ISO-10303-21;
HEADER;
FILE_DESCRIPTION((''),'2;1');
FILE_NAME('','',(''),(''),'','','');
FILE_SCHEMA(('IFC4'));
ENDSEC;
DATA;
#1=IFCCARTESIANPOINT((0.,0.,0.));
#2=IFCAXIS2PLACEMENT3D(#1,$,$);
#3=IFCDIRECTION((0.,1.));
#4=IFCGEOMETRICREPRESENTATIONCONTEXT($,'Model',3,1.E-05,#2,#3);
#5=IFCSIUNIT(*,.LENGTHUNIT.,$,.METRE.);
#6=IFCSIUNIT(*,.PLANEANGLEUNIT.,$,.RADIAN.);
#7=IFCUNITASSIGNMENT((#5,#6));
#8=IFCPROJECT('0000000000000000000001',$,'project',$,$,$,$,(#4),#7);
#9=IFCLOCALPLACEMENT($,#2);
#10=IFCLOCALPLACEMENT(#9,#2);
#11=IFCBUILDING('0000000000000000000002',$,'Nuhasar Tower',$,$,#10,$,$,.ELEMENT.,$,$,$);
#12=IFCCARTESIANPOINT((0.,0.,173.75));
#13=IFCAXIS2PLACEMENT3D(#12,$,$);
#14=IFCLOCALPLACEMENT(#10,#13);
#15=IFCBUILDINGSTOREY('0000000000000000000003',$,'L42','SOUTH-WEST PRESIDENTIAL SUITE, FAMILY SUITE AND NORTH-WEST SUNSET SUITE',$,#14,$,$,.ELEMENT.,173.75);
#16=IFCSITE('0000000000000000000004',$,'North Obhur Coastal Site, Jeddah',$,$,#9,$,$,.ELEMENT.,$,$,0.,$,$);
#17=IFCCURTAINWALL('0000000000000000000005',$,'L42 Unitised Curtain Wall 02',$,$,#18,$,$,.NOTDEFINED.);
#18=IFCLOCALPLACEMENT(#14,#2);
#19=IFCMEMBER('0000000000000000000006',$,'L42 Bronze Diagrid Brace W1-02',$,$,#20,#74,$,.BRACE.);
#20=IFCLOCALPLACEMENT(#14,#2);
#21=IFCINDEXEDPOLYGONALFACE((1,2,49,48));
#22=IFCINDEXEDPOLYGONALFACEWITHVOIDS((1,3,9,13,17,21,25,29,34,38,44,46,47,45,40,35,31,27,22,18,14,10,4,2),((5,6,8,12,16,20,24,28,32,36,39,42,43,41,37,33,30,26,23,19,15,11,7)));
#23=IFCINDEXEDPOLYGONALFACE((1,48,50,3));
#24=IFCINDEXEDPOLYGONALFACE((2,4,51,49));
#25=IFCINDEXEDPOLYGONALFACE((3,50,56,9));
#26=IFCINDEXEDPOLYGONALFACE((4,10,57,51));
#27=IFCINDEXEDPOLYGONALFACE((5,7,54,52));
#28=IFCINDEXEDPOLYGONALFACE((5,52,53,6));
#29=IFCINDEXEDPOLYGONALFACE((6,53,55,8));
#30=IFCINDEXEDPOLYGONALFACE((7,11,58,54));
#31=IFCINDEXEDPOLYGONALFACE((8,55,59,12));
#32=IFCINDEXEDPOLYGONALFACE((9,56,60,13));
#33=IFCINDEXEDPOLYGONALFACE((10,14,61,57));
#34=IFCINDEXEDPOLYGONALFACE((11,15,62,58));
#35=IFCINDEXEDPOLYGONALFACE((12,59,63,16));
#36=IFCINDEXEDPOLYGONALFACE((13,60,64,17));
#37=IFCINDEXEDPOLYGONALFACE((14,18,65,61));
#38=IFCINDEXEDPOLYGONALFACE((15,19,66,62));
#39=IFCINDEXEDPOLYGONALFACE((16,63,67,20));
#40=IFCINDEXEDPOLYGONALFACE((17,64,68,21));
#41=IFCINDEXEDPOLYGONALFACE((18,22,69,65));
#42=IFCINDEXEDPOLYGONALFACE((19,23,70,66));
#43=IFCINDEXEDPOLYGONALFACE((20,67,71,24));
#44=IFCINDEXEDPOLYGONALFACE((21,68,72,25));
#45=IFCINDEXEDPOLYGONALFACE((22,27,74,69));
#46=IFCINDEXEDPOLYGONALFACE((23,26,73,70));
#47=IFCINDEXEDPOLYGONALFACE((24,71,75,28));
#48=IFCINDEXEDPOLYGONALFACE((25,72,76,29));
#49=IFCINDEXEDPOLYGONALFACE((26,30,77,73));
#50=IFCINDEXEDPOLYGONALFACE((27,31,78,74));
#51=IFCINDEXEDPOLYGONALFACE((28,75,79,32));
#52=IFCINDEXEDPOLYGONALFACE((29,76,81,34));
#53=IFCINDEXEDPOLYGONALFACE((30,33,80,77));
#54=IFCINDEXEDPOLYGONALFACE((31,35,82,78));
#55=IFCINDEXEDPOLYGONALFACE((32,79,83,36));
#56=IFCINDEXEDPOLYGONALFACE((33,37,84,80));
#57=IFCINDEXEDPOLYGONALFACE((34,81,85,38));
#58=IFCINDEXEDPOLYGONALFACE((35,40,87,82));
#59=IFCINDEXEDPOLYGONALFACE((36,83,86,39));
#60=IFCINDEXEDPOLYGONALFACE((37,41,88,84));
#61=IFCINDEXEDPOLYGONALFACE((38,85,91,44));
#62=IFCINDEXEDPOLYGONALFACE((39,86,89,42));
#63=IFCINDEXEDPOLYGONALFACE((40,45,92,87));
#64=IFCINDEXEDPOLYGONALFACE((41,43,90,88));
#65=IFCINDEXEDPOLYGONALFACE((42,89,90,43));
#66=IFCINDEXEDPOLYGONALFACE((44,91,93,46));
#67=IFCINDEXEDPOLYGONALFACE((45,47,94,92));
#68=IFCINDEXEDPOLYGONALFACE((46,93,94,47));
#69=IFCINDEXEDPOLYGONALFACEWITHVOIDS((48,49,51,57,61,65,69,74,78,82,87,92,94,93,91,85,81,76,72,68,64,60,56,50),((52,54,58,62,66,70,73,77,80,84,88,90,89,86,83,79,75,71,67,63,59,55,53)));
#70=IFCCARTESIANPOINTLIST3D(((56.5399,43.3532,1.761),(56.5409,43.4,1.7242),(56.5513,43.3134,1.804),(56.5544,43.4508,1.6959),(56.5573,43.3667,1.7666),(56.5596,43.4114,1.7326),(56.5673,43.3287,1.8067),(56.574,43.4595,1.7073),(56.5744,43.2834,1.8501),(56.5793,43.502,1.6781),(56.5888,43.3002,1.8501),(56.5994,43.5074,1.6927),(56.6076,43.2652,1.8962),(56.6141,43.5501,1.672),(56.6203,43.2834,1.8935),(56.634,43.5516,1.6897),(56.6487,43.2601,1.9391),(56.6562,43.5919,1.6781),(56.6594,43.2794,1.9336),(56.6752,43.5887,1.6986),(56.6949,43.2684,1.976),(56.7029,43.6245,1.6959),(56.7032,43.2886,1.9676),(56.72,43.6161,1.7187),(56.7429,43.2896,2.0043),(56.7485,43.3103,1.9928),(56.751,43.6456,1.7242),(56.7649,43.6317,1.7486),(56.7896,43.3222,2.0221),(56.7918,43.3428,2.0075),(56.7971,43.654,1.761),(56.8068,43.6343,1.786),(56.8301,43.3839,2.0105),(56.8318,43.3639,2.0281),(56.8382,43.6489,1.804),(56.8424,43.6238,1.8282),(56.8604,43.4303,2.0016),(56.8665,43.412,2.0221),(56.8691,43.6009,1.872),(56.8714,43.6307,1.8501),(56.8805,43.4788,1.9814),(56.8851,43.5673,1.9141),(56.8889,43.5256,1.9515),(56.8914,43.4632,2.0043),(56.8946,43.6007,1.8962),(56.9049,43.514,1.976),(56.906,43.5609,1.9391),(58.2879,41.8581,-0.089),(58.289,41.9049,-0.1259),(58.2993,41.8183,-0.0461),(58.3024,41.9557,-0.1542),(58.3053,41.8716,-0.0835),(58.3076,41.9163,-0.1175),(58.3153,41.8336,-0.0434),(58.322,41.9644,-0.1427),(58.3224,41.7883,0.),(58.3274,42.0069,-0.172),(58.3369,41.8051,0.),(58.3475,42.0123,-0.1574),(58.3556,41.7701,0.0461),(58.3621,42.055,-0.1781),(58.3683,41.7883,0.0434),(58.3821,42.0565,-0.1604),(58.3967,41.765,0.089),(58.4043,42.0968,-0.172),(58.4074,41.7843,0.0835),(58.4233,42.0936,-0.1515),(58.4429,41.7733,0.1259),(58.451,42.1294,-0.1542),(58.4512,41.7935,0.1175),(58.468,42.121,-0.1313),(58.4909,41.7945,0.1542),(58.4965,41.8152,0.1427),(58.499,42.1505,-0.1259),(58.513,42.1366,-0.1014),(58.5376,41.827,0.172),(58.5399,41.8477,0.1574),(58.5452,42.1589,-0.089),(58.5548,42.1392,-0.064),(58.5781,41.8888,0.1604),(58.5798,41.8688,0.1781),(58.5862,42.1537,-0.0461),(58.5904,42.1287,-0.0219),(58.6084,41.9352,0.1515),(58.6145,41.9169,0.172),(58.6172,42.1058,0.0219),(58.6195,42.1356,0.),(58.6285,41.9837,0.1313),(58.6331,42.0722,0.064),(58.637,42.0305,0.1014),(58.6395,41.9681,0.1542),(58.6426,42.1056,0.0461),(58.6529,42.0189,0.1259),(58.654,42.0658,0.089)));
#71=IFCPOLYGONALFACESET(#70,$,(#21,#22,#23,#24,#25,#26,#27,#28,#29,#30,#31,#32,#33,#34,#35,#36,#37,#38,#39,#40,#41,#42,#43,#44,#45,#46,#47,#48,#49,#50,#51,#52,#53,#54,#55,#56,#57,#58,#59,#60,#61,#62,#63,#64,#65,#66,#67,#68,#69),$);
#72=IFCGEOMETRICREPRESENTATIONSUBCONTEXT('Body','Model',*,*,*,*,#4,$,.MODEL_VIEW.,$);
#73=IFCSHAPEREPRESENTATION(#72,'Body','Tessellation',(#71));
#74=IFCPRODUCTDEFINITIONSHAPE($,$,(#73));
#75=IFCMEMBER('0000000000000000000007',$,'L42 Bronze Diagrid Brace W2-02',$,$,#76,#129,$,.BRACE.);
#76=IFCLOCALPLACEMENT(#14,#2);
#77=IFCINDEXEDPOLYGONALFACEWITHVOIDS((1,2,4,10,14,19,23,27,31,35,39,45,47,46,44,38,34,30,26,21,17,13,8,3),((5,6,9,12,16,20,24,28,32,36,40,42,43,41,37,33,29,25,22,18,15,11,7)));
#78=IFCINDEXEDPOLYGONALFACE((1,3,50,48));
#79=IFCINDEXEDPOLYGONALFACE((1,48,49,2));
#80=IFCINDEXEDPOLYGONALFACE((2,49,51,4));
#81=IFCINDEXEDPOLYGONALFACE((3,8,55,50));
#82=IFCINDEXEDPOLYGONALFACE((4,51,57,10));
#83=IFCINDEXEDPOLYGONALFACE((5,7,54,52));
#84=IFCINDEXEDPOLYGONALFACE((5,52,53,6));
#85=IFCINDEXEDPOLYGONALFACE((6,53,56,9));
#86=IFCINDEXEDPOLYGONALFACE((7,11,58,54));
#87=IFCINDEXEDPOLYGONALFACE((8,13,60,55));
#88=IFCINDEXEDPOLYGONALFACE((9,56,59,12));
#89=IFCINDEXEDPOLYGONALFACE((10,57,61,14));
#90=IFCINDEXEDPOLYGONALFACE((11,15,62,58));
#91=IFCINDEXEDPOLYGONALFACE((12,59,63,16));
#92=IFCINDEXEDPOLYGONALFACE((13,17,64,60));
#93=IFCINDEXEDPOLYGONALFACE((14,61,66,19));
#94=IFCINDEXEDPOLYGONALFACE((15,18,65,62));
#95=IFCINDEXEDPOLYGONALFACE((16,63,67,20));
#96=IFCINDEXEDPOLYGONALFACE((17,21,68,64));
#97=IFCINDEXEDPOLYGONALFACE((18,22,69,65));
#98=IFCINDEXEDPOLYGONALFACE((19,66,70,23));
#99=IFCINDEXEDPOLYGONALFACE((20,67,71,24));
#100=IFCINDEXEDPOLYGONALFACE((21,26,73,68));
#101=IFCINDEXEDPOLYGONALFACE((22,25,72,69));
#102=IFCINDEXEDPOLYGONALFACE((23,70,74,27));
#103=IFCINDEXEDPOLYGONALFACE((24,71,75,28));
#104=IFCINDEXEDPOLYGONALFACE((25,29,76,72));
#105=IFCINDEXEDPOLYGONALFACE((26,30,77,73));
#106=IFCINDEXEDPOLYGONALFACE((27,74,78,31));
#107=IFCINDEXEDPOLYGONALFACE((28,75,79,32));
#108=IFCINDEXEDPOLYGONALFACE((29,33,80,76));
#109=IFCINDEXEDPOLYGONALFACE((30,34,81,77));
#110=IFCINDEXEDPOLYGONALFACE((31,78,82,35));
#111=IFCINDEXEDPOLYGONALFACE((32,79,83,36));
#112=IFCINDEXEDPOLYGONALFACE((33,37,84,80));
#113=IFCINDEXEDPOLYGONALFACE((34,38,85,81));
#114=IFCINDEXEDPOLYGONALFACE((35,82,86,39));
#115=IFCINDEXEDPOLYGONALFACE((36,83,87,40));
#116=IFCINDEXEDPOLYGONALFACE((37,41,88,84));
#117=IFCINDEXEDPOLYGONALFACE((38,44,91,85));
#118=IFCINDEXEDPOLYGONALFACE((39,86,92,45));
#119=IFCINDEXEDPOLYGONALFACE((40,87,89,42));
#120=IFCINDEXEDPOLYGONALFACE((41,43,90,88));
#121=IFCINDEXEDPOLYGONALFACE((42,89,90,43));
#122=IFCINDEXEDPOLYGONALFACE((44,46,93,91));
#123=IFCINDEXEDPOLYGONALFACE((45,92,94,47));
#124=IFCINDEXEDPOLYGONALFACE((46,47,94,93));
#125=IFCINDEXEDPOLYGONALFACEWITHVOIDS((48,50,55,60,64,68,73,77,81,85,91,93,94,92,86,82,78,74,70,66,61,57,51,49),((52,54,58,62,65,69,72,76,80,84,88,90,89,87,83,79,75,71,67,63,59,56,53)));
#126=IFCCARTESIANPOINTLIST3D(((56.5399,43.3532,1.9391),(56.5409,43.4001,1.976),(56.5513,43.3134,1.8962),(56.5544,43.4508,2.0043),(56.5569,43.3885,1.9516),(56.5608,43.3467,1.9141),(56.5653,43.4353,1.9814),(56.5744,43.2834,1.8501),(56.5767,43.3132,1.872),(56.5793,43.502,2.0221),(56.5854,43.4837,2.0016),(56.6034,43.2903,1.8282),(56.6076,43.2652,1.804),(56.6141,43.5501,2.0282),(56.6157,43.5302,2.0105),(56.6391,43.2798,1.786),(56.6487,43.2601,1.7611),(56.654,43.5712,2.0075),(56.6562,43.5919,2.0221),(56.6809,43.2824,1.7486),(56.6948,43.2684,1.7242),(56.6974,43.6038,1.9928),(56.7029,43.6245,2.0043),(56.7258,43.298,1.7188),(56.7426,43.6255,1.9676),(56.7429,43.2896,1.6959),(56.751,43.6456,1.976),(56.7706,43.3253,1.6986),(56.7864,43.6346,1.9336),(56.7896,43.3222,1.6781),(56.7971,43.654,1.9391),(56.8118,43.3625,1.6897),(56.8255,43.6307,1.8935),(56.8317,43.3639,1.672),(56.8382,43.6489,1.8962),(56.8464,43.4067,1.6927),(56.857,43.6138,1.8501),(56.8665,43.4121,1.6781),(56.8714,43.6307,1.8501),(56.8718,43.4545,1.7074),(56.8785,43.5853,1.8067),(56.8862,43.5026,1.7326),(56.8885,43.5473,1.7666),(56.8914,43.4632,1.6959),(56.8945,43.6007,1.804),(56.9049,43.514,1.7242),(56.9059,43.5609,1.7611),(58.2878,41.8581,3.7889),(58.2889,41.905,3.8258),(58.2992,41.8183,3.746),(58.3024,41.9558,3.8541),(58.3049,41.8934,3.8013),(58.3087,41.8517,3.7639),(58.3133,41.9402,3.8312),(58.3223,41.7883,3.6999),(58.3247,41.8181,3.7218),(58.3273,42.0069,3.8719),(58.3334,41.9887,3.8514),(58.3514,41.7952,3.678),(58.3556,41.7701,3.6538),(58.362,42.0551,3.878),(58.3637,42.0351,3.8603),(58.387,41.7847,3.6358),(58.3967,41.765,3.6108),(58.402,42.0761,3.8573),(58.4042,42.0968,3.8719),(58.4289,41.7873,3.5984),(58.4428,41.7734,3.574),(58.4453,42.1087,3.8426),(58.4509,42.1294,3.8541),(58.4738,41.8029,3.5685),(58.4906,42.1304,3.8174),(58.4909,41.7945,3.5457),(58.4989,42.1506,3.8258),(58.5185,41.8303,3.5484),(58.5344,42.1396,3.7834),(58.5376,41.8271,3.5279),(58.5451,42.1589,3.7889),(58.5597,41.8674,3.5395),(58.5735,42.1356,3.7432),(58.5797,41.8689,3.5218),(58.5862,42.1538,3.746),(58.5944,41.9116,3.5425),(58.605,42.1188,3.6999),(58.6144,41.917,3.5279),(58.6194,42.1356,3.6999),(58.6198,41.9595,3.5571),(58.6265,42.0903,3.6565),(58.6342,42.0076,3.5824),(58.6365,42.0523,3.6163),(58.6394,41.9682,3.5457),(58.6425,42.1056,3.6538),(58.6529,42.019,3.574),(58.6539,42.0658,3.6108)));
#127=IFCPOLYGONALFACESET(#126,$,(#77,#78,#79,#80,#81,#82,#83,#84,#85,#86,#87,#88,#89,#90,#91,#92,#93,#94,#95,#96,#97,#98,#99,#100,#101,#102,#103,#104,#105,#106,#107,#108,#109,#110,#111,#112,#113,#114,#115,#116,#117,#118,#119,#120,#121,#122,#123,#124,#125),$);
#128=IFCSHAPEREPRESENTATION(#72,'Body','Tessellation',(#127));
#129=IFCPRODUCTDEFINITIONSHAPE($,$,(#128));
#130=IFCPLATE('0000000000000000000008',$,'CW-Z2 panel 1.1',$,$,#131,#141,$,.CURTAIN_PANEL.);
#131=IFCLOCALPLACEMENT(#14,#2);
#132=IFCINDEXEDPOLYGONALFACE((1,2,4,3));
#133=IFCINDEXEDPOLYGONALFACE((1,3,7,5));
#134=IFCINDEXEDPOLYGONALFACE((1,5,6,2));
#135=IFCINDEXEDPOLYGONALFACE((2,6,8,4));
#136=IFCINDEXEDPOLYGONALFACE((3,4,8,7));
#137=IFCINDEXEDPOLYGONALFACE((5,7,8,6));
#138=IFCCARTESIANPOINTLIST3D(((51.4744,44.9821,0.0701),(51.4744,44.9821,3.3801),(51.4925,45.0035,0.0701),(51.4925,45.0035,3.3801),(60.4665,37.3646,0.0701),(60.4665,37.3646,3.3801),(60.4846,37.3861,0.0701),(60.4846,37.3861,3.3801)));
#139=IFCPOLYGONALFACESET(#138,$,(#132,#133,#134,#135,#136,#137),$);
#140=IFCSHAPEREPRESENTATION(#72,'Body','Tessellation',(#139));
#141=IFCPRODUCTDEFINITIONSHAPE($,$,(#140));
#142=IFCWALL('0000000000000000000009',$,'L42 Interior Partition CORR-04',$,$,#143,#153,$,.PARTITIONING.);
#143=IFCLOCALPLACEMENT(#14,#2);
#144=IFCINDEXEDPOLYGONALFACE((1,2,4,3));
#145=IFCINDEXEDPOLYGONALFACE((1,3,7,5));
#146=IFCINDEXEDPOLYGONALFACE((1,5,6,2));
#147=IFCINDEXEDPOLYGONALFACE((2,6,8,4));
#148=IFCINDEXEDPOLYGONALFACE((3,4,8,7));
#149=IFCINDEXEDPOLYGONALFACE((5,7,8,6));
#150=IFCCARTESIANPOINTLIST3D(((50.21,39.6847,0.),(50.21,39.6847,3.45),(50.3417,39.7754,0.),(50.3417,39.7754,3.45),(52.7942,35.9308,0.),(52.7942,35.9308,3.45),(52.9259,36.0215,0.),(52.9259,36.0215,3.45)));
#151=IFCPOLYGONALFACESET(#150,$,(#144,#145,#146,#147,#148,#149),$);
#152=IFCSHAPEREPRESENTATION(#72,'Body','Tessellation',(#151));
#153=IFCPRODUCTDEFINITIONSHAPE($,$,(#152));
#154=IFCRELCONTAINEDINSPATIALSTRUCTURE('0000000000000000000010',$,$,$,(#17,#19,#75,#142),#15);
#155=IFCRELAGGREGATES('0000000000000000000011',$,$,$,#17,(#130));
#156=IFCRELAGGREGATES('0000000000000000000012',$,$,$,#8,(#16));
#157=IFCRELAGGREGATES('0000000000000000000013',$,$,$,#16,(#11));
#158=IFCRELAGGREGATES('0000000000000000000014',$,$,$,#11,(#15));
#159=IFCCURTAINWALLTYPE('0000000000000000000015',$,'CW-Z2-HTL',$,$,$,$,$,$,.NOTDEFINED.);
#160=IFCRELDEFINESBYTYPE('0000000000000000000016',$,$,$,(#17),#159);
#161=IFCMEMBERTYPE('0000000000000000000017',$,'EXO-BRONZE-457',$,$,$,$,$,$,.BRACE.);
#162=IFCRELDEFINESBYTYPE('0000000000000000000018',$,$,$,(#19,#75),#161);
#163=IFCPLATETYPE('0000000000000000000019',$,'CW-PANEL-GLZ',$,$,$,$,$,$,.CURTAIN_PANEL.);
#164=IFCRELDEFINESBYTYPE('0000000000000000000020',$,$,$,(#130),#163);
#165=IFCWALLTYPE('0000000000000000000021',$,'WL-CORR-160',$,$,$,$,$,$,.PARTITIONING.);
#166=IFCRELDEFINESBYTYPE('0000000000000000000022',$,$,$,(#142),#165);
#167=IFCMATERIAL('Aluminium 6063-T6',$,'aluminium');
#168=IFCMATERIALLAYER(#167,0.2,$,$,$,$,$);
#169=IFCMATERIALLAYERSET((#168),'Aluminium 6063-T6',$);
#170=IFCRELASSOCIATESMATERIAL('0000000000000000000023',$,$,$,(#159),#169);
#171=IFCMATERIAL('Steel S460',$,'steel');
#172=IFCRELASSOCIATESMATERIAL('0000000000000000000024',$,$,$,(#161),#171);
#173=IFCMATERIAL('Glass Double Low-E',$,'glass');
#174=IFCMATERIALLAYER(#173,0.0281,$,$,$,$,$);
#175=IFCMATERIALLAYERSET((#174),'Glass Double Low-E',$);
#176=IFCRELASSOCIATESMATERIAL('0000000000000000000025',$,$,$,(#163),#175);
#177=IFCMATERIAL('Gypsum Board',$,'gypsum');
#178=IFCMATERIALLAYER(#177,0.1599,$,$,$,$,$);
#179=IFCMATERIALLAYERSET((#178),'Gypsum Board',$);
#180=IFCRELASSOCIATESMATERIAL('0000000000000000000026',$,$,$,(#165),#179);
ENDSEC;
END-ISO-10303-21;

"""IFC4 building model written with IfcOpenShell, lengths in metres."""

from ifc_helpers import new_model, si_unit, direction, frame, frame_2d, origin, origin_2d, place, context, subcontext, project, spatial, rectangle, hollow_circle, extrude, material, layer, layer_set, material_profile, profile_set, type_object, element, aggregate, save


model = new_model("IFC4")

# Units and contexts
model_context = context("Model", 3, precision=1e-05, world=origin(), true_north=direction((0.0, 1.0)))
body_context = subcontext(model_context, "Body", "Model", "MODEL_VIEW")
ifc_project = project(units=[si_unit("LENGTHUNIT", "METRE"), si_unit("PLANEANGLEUNIT", "RADIAN")], contexts=[model_context])

# Site, building, storey
site_placement = place(None, origin())
site = spatial("IfcSite", under=ifc_project, at=site_placement, Name="North Obhur Coastal Site, Jeddah", CompositionType="ELEMENT", RefElevation=0.0)
building_placement = place(site_placement, origin())
building = spatial("IfcBuilding", under=site, at=building_placement, Name="Nuhasar Tower", CompositionType="ELEMENT")
storey_placement = place(building_placement, frame((0.0, 0.0, 173.75)))
storey = spatial("IfcBuildingStorey", under=building, at=storey_placement, Name="L42", Description="SOUTH-WEST PRESIDENTIAL SUITE, FAMILY SUITE AND NORTH-WEST SUNSET SUITE", CompositionType="ELEMENT", Elevation=173.75)

# Shared definitions
ifc_material_1 = material(Name="Aluminium 6063-T6", Category="aluminium")
ifc_layer_1 = layer(ifc_material_1, 0.2)
ifc_layer_set_1 = layer_set([ifc_layer_1], Name="Aluminium 6063-T6")
curtain_wall_type = type_object("IfcCurtainWallType", Name="CW-Z2-HTL", PredefinedType="NOTDEFINED", material=ifc_layer_set_1)

# Curtain wall
curtain_wall_1_placement = place(storey_placement, origin())
curtain_wall_1 = element("IfcCurtainWall", 1, at=curtain_wall_1_placement, inside=storey, type_object=curtain_wall_type, Name="L42 Unitised Curtain Wall 02", PredefinedType="NOTDEFINED")

# Members
ifc_material_2 = material(Name="Steel S460", Category="steel")
ifc_material_profile_1 = material_profile(ifc_material_2, hollow_circle(Radius=0.2285, WallThickness=0.0222, at=origin_2d()), Name="HSS457X22.2")
ifc_profile_set_1 = profile_set([ifc_material_profile_1], Name="Steel S460")
member_type_1 = type_object("IfcMemberType", Name="EXO-BRONZE-457", PredefinedType="BRACE", material=ifc_profile_set_1)
for number, where, z_axis, x_axis, name in (
    (2, (58.4709, 41.9619, 0.0), (-0.59217, 0.506488, 0.626741), (-0.649987, -0.759945, 0.0), "L42 Bronze Diagrid Brace W1-02"),
):
    element("IfcMember", number, at=place(storey_placement, frame(where, z_axis=z_axis, x_axis=x_axis)), inside=storey, type_object=member_type_1, Name=name, PredefinedType="BRACE", context=body_context, shape_type="SweptSolid", body=[
        extrude(hollow_circle(Radius=0.2285, WallThickness=0.0222, at=origin_2d()), origin(), (0.0, 0.0, 1.0), 2.9519),
    ])
member_1_placement = place(storey_placement, frame((56.7229, 43.457, 1.8501), z_axis=(0.592201, -0.506514, 0.626691), x_axis=(0.649987, 0.759945, 0.0)))
element("IfcMember", 3, at=member_1_placement, inside=storey, type_object=member_type_1, Name="L42 Bronze Diagrid Brace W2-02", PredefinedType="BRACE", context=body_context, shape_type="SweptSolid", body=[
    extrude(hollow_circle(Radius=0.2285, WallThickness=0.0222, at=origin_2d()), origin(), (0.0, 0.0, 1.0), 2.9517),
])

# Plate
ifc_material_3 = material(Name="Glass Double Low-E", Category="glass")
ifc_layer_2 = layer(ifc_material_3, 0.0281)
ifc_layer_set_2 = layer_set([ifc_layer_2], Name="Glass Double Low-E")
plate_type = type_object("IfcPlateType", Name="CW-PANEL-GLZ", PredefinedType="CURTAIN_PANEL", material=ifc_layer_set_2)
plate_placement = place(storey_placement, frame((55.9795, 41.1841, 0.0701), z_axis=(0.0, 0.0, 1.0), x_axis=(-0.76302, 0.646374, 0.0)))
plate = element("IfcPlate", 4, at=plate_placement, type_object=plate_type, Name="CW-Z2 panel 1.1", PredefinedType="CURTAIN_PANEL", context=body_context, shape_type="SweptSolid", body=[
    extrude(rectangle(XDim=11.7849, YDim=0.0281, at=origin_2d()), origin(), (0.0, 0.0, 1.0), 3.3101),
])
aggregate(curtain_wall_1, [plate])

# Shared definitions
ifc_material_4 = material(Name="Gypsum Board", Category="gypsum")
ifc_layer_3 = layer(ifc_material_4, 0.1599)
ifc_layer_set_3 = layer_set([ifc_layer_3], Name="Gypsum Board")
wall_type = type_object("IfcWallType", Name="WL-CORR-160", PredefinedType="PARTITIONING", material=ifc_layer_set_3)

# Wall
wall_1_placement = place(storey_placement, frame((52.8601, 35.9761, 0.0), z_axis=(0.0, 0.0, 1.0), x_axis=(-0.567038, 0.823692, 0.0)))
element("IfcWall", 5, at=wall_1_placement, inside=storey, type_object=wall_type, Name="L42 Interior Partition CORR-04", PredefinedType="PARTITIONING", context=body_context, shape_type="SweptSolid", body=[
    extrude(rectangle(XDim=4.5574, YDim=0.1599, at=frame_2d((2.2788, 0.0))), origin(), (0.0, 0.0, 1.0), 3.45),
])

save(model, "model.ifc")
